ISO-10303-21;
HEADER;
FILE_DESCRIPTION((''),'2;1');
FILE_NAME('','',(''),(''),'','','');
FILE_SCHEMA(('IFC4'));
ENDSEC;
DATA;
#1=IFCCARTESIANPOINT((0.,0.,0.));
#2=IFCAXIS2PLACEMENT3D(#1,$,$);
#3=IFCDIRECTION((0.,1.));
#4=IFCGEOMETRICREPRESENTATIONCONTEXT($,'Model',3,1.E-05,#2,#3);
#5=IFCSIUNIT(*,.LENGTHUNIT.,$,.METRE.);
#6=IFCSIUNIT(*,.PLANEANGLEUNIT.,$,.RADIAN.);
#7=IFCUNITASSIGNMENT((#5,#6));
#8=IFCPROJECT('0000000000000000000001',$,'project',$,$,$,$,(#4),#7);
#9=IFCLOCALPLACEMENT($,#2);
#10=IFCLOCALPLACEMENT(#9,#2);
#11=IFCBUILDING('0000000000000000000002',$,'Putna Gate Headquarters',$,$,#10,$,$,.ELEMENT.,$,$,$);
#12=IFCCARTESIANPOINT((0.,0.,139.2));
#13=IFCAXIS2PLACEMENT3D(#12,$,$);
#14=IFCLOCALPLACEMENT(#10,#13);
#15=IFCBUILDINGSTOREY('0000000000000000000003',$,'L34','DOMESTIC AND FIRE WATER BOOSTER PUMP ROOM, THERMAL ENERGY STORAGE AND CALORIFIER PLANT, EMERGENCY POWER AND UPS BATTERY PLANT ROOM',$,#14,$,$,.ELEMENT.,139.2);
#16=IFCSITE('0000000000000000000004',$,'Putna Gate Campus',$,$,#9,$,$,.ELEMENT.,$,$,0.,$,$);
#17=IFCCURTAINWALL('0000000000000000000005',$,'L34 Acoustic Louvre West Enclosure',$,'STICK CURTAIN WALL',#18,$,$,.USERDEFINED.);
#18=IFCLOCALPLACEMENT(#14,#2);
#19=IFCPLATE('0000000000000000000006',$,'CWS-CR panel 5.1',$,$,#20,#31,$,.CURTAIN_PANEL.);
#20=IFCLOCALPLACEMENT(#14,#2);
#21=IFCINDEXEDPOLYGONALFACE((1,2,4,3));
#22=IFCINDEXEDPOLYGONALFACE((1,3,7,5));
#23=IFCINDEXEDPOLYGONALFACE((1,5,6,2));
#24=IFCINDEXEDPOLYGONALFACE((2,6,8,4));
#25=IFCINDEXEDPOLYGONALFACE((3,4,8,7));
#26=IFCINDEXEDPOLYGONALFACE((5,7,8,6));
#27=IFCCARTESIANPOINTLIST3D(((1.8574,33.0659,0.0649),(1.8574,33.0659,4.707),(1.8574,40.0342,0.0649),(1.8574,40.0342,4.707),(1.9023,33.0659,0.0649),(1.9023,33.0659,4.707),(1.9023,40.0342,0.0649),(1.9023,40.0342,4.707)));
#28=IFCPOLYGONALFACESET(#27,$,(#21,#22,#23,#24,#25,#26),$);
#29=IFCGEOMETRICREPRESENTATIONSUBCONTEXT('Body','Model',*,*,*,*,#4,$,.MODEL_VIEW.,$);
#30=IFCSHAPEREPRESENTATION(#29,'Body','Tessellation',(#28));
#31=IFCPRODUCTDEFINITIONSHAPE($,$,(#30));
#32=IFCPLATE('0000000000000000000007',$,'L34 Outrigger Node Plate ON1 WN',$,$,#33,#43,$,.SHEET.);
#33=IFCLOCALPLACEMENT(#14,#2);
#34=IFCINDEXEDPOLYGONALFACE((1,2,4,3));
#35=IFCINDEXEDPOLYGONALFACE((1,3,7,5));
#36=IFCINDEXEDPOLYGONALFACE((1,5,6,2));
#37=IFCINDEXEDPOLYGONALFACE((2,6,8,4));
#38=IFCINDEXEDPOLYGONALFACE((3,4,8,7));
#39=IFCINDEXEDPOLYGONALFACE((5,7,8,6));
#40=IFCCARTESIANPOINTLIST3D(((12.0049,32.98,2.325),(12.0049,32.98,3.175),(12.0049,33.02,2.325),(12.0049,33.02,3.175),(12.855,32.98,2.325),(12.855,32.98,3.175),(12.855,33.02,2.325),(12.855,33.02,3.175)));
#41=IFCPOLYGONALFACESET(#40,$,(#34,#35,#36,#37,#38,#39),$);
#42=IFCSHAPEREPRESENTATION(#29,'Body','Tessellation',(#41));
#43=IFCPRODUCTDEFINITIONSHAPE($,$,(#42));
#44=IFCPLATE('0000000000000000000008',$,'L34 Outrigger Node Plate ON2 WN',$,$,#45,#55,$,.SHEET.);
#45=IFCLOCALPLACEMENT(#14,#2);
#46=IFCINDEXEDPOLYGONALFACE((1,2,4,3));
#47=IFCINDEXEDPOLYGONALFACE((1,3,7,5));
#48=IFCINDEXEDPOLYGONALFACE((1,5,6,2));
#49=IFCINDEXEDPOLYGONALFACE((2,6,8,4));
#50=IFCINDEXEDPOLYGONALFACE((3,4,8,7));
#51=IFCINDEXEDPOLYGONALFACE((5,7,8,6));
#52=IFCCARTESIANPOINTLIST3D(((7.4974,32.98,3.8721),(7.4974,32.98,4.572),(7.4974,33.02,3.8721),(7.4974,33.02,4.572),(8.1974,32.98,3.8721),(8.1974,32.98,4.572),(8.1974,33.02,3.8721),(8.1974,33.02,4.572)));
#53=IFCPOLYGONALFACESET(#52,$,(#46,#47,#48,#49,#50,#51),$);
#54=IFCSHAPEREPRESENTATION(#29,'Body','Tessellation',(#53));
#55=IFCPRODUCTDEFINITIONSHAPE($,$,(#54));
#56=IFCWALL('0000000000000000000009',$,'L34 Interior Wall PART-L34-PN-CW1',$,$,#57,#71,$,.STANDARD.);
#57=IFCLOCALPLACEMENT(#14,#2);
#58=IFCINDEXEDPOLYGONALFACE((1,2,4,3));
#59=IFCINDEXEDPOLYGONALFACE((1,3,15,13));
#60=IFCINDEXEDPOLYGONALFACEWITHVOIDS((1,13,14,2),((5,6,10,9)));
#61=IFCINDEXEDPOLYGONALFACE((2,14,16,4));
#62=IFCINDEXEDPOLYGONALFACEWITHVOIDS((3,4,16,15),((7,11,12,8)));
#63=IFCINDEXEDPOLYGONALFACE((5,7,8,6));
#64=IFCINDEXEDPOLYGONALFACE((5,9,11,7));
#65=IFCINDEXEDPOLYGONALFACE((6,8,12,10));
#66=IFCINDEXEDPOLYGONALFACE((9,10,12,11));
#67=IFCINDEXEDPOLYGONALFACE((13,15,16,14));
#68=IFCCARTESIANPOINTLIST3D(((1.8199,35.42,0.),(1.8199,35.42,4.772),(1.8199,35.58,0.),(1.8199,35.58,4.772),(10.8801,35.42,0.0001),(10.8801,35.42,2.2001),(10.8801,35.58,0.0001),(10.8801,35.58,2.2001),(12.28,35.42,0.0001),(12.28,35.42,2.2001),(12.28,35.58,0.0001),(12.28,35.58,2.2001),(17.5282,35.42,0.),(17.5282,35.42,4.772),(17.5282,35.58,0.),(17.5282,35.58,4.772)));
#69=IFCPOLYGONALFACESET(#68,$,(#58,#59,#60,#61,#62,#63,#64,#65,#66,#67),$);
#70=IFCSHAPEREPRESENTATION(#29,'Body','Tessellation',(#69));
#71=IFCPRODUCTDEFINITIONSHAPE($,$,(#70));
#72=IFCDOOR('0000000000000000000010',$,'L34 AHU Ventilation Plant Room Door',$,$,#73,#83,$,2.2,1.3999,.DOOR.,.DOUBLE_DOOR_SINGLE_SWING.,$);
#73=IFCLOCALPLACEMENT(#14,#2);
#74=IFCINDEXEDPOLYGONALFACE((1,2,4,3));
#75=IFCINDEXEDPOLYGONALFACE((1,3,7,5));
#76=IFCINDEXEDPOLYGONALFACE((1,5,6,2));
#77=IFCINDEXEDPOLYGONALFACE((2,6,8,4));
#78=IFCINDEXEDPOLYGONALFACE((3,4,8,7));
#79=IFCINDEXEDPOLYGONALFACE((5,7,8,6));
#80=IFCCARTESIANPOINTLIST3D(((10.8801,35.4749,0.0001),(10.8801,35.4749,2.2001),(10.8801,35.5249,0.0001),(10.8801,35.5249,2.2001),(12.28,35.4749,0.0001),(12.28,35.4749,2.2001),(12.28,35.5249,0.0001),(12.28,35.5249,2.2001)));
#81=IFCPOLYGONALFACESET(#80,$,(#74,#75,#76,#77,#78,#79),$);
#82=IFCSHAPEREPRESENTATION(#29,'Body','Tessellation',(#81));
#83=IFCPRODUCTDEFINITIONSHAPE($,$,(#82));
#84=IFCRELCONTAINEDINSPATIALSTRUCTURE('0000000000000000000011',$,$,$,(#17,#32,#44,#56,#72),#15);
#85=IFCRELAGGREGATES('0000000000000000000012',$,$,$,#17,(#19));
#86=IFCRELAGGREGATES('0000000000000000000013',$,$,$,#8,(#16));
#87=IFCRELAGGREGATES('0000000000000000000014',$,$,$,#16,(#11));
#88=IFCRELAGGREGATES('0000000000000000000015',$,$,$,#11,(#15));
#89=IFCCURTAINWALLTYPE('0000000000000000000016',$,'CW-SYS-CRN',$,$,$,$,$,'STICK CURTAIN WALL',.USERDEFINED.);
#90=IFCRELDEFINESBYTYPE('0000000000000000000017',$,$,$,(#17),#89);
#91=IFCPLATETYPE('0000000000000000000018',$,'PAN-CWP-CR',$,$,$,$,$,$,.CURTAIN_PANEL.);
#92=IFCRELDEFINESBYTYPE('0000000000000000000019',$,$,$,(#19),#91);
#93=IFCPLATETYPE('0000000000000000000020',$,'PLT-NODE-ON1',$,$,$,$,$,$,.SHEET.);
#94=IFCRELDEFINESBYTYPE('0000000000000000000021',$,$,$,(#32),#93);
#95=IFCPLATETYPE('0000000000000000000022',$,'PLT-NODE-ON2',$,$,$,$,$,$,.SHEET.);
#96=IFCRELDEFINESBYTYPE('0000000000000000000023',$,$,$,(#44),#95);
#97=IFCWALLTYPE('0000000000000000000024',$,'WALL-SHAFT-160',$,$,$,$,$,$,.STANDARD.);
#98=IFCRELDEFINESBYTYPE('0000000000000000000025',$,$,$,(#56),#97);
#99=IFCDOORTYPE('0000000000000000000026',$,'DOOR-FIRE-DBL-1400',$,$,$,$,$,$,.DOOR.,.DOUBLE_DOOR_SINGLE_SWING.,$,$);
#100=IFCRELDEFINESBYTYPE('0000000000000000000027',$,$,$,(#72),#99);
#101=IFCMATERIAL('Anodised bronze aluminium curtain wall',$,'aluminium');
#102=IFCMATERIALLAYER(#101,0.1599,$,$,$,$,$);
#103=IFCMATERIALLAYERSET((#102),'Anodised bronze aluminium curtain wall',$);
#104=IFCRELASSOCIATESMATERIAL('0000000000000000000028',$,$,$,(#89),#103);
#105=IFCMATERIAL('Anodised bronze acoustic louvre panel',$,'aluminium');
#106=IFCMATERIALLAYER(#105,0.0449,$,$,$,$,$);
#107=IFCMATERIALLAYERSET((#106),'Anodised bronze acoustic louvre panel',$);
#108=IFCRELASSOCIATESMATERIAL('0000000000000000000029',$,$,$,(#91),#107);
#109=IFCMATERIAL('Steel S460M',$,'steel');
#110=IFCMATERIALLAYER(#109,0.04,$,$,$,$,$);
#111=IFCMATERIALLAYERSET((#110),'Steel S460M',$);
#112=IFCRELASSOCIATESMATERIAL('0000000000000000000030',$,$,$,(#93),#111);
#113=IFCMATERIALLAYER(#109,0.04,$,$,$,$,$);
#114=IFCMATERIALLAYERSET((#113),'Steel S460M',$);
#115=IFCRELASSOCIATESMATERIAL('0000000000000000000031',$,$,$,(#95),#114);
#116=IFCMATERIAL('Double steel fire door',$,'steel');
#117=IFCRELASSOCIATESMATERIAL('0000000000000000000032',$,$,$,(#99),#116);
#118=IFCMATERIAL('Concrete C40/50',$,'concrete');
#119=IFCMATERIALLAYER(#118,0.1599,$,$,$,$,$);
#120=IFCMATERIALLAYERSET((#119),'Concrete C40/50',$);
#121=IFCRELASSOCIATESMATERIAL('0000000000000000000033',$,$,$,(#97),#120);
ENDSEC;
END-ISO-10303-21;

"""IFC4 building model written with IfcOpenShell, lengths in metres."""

from ifc_helpers import new_model, si_unit, direction, frame, frame_2d, origin, origin_2d, place, context, subcontext, project, spatial, rectangle, extrude, material, layer, layer_set, type_object, element, fill, aggregate, save


model = new_model("IFC4")

# Units and contexts
model_context = context("Model", 3, precision=1e-05, world=origin(), true_north=direction((0.0, 1.0)))
body_context = subcontext(model_context, "Body", "Model", "MODEL_VIEW")
ifc_project = project(units=[si_unit("LENGTHUNIT", "METRE"), si_unit("PLANEANGLEUNIT", "RADIAN")], contexts=[model_context])

# Site, building, storey
site_placement = place(None, origin())
site = spatial("IfcSite", under=ifc_project, at=site_placement, Name="Putna Gate Campus", CompositionType="ELEMENT", RefElevation=0.0)
building_placement = place(site_placement, origin())
building = spatial("IfcBuilding", under=site, at=building_placement, Name="Putna Gate Headquarters", CompositionType="ELEMENT")
storey_placement = place(building_placement, frame((0.0, 0.0, 139.2)))
storey = spatial("IfcBuildingStorey", under=building, at=storey_placement, Name="L34", Description="DOMESTIC AND FIRE WATER BOOSTER PUMP ROOM, THERMAL ENERGY STORAGE AND CALORIFIER PLANT, EMERGENCY POWER AND UPS BATTERY PLANT ROOM", CompositionType="ELEMENT", Elevation=139.2)

# Shared definitions
ifc_material_1 = material(Name="Steel S460M", Category="steel")

# Curtain wall, plate
ifc_material_2 = material(Name="Anodised bronze aluminium curtain wall", Category="aluminium")
ifc_layer_1 = layer(ifc_material_2, 0.1599)
ifc_layer_set_1 = layer_set([ifc_layer_1], Name="Anodised bronze aluminium curtain wall")
curtain_wall_type = type_object("IfcCurtainWallType", Name="CW-SYS-CRN", ElementType="STICK CURTAIN WALL", PredefinedType="USERDEFINED", material=ifc_layer_set_1)
curtain_wall_placement = place(storey_placement, origin())
curtain_wall = element("IfcCurtainWall", 1, at=curtain_wall_placement, inside=storey, type_object=curtain_wall_type, Name="L34 Acoustic Louvre West Enclosure", ObjectType="STICK CURTAIN WALL", PredefinedType="USERDEFINED")
ifc_material_3 = material(Name="Anodised bronze acoustic louvre panel", Category="aluminium")
ifc_layer_2 = layer(ifc_material_3, 0.0449)
ifc_layer_set_2 = layer_set([ifc_layer_2], Name="Anodised bronze acoustic louvre panel")
plate_type_1 = type_object("IfcPlateType", Name="PAN-CWP-CR", PredefinedType="CURTAIN_PANEL", material=ifc_layer_set_2)
plate_1_placement = place(storey_placement, frame((1.8799, 36.55, 0.0649), z_axis=(0.0, 0.0, 1.0), x_axis=(0.0, 1.0, 0.0)))
plate_1 = element("IfcPlate", 2, at=plate_1_placement, type_object=plate_type_1, Name="CWS-CR panel 5.1", PredefinedType="CURTAIN_PANEL", context=body_context, shape_type="SweptSolid", body=[
    extrude(rectangle(XDim=6.9683, YDim=0.0449, at=origin_2d()), origin(), (0.0, 0.0, 1.0), 4.6421),
])
aggregate(curtain_wall, [plate_1])

# Plates
ifc_layer_3 = layer(ifc_material_1, 0.04)
ifc_layer_set_3 = layer_set([ifc_layer_3], Name="Steel S460M")
plate_type_2 = type_object("IfcPlateType", Name="PLT-NODE-ON1", PredefinedType="SHEET", material=ifc_layer_set_3)
plate_2_placement = place(storey_placement, frame((12.4299, 33.0, 2.325), z_axis=(0.0, 0.0, 1.0), x_axis=(1.0, 0.0, 0.0)))
element("IfcPlate", 3, at=plate_2_placement, inside=storey, type_object=plate_type_2, Name="L34 Outrigger Node Plate ON1 WN", PredefinedType="SHEET", context=body_context, shape_type="SweptSolid", body=[
    extrude(rectangle(XDim=0.8501, YDim=0.04, at=origin_2d()), origin(), (0.0, 0.0, 1.0), 0.8501),
])
ifc_layer_4 = layer(ifc_material_1, 0.04)
ifc_layer_set_4 = layer_set([ifc_layer_4], Name="Steel S460M")
plate_type_3 = type_object("IfcPlateType", Name="PLT-NODE-ON2", PredefinedType="SHEET", material=ifc_layer_set_4)
plate_3_placement = place(storey_placement, frame((7.8474, 33.0, 3.8721), z_axis=(0.0, 0.0, 1.0), x_axis=(1.0, 0.0, 0.0)))
element("IfcPlate", 4, at=plate_3_placement, inside=storey, type_object=plate_type_3, Name="L34 Outrigger Node Plate ON2 WN", PredefinedType="SHEET", context=body_context, shape_type="SweptSolid", body=[
    extrude(rectangle(XDim=0.7, YDim=0.04, at=origin_2d()), origin(), (0.0, 0.0, 1.0), 0.7),
])

# Shared definitions
ifc_material_4 = material(Name="Double steel fire door", Category="steel")
door_type_1 = type_object("IfcDoorType", Name="DOOR-FIRE-DBL-1400", OperationType="DOUBLE_DOOR_SINGLE_SWING", PredefinedType="DOOR", material=ifc_material_4)

# Wall, opening, door
ifc_material_5 = material(Name="Concrete C40/50", Category="concrete")
ifc_layer_5 = layer(ifc_material_5, 0.1599)
ifc_layer_set_5 = layer_set([ifc_layer_5], Name="Concrete C40/50")
wall_type_1 = type_object("IfcWallType", Name="WALL-SHAFT-160", PredefinedType="STANDARD", material=ifc_layer_set_5)
wall_1_placement = place(storey_placement, frame((1.8201, 35.5, 0.0), z_axis=(0.0, 0.0, 1.0), x_axis=(1.0, 0.0, 0.0)))
wall_1 = element("IfcWall", 5, at=wall_1_placement, inside=storey, type_object=wall_type_1, Name="L34 Interior Wall PART-L34-PN-CW1", PredefinedType="STANDARD", context=body_context, shape_type="SweptSolid", body=[
    extrude(rectangle(XDim=15.7083, YDim=0.1599, at=frame_2d((7.854, 0.0))), origin(), (0.0, 0.0, 1.0), 4.772),
])
opening_1_placement = place(wall_1_placement, frame((9.0601, 0.0, 0.0)))
opening_1 = element("IfcOpeningElement", 6, at=opening_1_placement, cuts=wall_1, PredefinedType="OPENING", context=body_context, shape_type="SweptSolid", body=[
    extrude(rectangle(XDim=1.3999, YDim=2.2, at=frame_2d((0.7, 1.1001))), frame((0.0, 0.0898, 0.0), z_axis=(0.0, -1.0, 0.0), x_axis=(1.0, 0.0, 0.0)), (0.0, 0.0, 1.0), 0.1799),
])
door_1_placement = place(opening_1_placement, origin())
door_1 = element("IfcDoor", 7, at=door_1_placement, inside=storey, type_object=door_type_1, Name="L34 AHU Ventilation Plant Room Door", OperationType="DOUBLE_DOOR_SINGLE_SWING", OverallHeight=2.2, OverallWidth=1.3999, PredefinedType="DOOR", context=body_context, shape_type="SweptSolid", body=[
    extrude(rectangle(XDim=1.3999, YDim=2.2, at=frame_2d((0.7, 1.1001))), frame((0.0, 0.0249, 0.0), z_axis=(0.0, -1.0, 0.0), x_axis=(1.0, 0.0, 0.0)), (0.0, 0.0, 1.0), 0.05),
])
fill(opening_1, door_1)

save(model, "model.ifc")
